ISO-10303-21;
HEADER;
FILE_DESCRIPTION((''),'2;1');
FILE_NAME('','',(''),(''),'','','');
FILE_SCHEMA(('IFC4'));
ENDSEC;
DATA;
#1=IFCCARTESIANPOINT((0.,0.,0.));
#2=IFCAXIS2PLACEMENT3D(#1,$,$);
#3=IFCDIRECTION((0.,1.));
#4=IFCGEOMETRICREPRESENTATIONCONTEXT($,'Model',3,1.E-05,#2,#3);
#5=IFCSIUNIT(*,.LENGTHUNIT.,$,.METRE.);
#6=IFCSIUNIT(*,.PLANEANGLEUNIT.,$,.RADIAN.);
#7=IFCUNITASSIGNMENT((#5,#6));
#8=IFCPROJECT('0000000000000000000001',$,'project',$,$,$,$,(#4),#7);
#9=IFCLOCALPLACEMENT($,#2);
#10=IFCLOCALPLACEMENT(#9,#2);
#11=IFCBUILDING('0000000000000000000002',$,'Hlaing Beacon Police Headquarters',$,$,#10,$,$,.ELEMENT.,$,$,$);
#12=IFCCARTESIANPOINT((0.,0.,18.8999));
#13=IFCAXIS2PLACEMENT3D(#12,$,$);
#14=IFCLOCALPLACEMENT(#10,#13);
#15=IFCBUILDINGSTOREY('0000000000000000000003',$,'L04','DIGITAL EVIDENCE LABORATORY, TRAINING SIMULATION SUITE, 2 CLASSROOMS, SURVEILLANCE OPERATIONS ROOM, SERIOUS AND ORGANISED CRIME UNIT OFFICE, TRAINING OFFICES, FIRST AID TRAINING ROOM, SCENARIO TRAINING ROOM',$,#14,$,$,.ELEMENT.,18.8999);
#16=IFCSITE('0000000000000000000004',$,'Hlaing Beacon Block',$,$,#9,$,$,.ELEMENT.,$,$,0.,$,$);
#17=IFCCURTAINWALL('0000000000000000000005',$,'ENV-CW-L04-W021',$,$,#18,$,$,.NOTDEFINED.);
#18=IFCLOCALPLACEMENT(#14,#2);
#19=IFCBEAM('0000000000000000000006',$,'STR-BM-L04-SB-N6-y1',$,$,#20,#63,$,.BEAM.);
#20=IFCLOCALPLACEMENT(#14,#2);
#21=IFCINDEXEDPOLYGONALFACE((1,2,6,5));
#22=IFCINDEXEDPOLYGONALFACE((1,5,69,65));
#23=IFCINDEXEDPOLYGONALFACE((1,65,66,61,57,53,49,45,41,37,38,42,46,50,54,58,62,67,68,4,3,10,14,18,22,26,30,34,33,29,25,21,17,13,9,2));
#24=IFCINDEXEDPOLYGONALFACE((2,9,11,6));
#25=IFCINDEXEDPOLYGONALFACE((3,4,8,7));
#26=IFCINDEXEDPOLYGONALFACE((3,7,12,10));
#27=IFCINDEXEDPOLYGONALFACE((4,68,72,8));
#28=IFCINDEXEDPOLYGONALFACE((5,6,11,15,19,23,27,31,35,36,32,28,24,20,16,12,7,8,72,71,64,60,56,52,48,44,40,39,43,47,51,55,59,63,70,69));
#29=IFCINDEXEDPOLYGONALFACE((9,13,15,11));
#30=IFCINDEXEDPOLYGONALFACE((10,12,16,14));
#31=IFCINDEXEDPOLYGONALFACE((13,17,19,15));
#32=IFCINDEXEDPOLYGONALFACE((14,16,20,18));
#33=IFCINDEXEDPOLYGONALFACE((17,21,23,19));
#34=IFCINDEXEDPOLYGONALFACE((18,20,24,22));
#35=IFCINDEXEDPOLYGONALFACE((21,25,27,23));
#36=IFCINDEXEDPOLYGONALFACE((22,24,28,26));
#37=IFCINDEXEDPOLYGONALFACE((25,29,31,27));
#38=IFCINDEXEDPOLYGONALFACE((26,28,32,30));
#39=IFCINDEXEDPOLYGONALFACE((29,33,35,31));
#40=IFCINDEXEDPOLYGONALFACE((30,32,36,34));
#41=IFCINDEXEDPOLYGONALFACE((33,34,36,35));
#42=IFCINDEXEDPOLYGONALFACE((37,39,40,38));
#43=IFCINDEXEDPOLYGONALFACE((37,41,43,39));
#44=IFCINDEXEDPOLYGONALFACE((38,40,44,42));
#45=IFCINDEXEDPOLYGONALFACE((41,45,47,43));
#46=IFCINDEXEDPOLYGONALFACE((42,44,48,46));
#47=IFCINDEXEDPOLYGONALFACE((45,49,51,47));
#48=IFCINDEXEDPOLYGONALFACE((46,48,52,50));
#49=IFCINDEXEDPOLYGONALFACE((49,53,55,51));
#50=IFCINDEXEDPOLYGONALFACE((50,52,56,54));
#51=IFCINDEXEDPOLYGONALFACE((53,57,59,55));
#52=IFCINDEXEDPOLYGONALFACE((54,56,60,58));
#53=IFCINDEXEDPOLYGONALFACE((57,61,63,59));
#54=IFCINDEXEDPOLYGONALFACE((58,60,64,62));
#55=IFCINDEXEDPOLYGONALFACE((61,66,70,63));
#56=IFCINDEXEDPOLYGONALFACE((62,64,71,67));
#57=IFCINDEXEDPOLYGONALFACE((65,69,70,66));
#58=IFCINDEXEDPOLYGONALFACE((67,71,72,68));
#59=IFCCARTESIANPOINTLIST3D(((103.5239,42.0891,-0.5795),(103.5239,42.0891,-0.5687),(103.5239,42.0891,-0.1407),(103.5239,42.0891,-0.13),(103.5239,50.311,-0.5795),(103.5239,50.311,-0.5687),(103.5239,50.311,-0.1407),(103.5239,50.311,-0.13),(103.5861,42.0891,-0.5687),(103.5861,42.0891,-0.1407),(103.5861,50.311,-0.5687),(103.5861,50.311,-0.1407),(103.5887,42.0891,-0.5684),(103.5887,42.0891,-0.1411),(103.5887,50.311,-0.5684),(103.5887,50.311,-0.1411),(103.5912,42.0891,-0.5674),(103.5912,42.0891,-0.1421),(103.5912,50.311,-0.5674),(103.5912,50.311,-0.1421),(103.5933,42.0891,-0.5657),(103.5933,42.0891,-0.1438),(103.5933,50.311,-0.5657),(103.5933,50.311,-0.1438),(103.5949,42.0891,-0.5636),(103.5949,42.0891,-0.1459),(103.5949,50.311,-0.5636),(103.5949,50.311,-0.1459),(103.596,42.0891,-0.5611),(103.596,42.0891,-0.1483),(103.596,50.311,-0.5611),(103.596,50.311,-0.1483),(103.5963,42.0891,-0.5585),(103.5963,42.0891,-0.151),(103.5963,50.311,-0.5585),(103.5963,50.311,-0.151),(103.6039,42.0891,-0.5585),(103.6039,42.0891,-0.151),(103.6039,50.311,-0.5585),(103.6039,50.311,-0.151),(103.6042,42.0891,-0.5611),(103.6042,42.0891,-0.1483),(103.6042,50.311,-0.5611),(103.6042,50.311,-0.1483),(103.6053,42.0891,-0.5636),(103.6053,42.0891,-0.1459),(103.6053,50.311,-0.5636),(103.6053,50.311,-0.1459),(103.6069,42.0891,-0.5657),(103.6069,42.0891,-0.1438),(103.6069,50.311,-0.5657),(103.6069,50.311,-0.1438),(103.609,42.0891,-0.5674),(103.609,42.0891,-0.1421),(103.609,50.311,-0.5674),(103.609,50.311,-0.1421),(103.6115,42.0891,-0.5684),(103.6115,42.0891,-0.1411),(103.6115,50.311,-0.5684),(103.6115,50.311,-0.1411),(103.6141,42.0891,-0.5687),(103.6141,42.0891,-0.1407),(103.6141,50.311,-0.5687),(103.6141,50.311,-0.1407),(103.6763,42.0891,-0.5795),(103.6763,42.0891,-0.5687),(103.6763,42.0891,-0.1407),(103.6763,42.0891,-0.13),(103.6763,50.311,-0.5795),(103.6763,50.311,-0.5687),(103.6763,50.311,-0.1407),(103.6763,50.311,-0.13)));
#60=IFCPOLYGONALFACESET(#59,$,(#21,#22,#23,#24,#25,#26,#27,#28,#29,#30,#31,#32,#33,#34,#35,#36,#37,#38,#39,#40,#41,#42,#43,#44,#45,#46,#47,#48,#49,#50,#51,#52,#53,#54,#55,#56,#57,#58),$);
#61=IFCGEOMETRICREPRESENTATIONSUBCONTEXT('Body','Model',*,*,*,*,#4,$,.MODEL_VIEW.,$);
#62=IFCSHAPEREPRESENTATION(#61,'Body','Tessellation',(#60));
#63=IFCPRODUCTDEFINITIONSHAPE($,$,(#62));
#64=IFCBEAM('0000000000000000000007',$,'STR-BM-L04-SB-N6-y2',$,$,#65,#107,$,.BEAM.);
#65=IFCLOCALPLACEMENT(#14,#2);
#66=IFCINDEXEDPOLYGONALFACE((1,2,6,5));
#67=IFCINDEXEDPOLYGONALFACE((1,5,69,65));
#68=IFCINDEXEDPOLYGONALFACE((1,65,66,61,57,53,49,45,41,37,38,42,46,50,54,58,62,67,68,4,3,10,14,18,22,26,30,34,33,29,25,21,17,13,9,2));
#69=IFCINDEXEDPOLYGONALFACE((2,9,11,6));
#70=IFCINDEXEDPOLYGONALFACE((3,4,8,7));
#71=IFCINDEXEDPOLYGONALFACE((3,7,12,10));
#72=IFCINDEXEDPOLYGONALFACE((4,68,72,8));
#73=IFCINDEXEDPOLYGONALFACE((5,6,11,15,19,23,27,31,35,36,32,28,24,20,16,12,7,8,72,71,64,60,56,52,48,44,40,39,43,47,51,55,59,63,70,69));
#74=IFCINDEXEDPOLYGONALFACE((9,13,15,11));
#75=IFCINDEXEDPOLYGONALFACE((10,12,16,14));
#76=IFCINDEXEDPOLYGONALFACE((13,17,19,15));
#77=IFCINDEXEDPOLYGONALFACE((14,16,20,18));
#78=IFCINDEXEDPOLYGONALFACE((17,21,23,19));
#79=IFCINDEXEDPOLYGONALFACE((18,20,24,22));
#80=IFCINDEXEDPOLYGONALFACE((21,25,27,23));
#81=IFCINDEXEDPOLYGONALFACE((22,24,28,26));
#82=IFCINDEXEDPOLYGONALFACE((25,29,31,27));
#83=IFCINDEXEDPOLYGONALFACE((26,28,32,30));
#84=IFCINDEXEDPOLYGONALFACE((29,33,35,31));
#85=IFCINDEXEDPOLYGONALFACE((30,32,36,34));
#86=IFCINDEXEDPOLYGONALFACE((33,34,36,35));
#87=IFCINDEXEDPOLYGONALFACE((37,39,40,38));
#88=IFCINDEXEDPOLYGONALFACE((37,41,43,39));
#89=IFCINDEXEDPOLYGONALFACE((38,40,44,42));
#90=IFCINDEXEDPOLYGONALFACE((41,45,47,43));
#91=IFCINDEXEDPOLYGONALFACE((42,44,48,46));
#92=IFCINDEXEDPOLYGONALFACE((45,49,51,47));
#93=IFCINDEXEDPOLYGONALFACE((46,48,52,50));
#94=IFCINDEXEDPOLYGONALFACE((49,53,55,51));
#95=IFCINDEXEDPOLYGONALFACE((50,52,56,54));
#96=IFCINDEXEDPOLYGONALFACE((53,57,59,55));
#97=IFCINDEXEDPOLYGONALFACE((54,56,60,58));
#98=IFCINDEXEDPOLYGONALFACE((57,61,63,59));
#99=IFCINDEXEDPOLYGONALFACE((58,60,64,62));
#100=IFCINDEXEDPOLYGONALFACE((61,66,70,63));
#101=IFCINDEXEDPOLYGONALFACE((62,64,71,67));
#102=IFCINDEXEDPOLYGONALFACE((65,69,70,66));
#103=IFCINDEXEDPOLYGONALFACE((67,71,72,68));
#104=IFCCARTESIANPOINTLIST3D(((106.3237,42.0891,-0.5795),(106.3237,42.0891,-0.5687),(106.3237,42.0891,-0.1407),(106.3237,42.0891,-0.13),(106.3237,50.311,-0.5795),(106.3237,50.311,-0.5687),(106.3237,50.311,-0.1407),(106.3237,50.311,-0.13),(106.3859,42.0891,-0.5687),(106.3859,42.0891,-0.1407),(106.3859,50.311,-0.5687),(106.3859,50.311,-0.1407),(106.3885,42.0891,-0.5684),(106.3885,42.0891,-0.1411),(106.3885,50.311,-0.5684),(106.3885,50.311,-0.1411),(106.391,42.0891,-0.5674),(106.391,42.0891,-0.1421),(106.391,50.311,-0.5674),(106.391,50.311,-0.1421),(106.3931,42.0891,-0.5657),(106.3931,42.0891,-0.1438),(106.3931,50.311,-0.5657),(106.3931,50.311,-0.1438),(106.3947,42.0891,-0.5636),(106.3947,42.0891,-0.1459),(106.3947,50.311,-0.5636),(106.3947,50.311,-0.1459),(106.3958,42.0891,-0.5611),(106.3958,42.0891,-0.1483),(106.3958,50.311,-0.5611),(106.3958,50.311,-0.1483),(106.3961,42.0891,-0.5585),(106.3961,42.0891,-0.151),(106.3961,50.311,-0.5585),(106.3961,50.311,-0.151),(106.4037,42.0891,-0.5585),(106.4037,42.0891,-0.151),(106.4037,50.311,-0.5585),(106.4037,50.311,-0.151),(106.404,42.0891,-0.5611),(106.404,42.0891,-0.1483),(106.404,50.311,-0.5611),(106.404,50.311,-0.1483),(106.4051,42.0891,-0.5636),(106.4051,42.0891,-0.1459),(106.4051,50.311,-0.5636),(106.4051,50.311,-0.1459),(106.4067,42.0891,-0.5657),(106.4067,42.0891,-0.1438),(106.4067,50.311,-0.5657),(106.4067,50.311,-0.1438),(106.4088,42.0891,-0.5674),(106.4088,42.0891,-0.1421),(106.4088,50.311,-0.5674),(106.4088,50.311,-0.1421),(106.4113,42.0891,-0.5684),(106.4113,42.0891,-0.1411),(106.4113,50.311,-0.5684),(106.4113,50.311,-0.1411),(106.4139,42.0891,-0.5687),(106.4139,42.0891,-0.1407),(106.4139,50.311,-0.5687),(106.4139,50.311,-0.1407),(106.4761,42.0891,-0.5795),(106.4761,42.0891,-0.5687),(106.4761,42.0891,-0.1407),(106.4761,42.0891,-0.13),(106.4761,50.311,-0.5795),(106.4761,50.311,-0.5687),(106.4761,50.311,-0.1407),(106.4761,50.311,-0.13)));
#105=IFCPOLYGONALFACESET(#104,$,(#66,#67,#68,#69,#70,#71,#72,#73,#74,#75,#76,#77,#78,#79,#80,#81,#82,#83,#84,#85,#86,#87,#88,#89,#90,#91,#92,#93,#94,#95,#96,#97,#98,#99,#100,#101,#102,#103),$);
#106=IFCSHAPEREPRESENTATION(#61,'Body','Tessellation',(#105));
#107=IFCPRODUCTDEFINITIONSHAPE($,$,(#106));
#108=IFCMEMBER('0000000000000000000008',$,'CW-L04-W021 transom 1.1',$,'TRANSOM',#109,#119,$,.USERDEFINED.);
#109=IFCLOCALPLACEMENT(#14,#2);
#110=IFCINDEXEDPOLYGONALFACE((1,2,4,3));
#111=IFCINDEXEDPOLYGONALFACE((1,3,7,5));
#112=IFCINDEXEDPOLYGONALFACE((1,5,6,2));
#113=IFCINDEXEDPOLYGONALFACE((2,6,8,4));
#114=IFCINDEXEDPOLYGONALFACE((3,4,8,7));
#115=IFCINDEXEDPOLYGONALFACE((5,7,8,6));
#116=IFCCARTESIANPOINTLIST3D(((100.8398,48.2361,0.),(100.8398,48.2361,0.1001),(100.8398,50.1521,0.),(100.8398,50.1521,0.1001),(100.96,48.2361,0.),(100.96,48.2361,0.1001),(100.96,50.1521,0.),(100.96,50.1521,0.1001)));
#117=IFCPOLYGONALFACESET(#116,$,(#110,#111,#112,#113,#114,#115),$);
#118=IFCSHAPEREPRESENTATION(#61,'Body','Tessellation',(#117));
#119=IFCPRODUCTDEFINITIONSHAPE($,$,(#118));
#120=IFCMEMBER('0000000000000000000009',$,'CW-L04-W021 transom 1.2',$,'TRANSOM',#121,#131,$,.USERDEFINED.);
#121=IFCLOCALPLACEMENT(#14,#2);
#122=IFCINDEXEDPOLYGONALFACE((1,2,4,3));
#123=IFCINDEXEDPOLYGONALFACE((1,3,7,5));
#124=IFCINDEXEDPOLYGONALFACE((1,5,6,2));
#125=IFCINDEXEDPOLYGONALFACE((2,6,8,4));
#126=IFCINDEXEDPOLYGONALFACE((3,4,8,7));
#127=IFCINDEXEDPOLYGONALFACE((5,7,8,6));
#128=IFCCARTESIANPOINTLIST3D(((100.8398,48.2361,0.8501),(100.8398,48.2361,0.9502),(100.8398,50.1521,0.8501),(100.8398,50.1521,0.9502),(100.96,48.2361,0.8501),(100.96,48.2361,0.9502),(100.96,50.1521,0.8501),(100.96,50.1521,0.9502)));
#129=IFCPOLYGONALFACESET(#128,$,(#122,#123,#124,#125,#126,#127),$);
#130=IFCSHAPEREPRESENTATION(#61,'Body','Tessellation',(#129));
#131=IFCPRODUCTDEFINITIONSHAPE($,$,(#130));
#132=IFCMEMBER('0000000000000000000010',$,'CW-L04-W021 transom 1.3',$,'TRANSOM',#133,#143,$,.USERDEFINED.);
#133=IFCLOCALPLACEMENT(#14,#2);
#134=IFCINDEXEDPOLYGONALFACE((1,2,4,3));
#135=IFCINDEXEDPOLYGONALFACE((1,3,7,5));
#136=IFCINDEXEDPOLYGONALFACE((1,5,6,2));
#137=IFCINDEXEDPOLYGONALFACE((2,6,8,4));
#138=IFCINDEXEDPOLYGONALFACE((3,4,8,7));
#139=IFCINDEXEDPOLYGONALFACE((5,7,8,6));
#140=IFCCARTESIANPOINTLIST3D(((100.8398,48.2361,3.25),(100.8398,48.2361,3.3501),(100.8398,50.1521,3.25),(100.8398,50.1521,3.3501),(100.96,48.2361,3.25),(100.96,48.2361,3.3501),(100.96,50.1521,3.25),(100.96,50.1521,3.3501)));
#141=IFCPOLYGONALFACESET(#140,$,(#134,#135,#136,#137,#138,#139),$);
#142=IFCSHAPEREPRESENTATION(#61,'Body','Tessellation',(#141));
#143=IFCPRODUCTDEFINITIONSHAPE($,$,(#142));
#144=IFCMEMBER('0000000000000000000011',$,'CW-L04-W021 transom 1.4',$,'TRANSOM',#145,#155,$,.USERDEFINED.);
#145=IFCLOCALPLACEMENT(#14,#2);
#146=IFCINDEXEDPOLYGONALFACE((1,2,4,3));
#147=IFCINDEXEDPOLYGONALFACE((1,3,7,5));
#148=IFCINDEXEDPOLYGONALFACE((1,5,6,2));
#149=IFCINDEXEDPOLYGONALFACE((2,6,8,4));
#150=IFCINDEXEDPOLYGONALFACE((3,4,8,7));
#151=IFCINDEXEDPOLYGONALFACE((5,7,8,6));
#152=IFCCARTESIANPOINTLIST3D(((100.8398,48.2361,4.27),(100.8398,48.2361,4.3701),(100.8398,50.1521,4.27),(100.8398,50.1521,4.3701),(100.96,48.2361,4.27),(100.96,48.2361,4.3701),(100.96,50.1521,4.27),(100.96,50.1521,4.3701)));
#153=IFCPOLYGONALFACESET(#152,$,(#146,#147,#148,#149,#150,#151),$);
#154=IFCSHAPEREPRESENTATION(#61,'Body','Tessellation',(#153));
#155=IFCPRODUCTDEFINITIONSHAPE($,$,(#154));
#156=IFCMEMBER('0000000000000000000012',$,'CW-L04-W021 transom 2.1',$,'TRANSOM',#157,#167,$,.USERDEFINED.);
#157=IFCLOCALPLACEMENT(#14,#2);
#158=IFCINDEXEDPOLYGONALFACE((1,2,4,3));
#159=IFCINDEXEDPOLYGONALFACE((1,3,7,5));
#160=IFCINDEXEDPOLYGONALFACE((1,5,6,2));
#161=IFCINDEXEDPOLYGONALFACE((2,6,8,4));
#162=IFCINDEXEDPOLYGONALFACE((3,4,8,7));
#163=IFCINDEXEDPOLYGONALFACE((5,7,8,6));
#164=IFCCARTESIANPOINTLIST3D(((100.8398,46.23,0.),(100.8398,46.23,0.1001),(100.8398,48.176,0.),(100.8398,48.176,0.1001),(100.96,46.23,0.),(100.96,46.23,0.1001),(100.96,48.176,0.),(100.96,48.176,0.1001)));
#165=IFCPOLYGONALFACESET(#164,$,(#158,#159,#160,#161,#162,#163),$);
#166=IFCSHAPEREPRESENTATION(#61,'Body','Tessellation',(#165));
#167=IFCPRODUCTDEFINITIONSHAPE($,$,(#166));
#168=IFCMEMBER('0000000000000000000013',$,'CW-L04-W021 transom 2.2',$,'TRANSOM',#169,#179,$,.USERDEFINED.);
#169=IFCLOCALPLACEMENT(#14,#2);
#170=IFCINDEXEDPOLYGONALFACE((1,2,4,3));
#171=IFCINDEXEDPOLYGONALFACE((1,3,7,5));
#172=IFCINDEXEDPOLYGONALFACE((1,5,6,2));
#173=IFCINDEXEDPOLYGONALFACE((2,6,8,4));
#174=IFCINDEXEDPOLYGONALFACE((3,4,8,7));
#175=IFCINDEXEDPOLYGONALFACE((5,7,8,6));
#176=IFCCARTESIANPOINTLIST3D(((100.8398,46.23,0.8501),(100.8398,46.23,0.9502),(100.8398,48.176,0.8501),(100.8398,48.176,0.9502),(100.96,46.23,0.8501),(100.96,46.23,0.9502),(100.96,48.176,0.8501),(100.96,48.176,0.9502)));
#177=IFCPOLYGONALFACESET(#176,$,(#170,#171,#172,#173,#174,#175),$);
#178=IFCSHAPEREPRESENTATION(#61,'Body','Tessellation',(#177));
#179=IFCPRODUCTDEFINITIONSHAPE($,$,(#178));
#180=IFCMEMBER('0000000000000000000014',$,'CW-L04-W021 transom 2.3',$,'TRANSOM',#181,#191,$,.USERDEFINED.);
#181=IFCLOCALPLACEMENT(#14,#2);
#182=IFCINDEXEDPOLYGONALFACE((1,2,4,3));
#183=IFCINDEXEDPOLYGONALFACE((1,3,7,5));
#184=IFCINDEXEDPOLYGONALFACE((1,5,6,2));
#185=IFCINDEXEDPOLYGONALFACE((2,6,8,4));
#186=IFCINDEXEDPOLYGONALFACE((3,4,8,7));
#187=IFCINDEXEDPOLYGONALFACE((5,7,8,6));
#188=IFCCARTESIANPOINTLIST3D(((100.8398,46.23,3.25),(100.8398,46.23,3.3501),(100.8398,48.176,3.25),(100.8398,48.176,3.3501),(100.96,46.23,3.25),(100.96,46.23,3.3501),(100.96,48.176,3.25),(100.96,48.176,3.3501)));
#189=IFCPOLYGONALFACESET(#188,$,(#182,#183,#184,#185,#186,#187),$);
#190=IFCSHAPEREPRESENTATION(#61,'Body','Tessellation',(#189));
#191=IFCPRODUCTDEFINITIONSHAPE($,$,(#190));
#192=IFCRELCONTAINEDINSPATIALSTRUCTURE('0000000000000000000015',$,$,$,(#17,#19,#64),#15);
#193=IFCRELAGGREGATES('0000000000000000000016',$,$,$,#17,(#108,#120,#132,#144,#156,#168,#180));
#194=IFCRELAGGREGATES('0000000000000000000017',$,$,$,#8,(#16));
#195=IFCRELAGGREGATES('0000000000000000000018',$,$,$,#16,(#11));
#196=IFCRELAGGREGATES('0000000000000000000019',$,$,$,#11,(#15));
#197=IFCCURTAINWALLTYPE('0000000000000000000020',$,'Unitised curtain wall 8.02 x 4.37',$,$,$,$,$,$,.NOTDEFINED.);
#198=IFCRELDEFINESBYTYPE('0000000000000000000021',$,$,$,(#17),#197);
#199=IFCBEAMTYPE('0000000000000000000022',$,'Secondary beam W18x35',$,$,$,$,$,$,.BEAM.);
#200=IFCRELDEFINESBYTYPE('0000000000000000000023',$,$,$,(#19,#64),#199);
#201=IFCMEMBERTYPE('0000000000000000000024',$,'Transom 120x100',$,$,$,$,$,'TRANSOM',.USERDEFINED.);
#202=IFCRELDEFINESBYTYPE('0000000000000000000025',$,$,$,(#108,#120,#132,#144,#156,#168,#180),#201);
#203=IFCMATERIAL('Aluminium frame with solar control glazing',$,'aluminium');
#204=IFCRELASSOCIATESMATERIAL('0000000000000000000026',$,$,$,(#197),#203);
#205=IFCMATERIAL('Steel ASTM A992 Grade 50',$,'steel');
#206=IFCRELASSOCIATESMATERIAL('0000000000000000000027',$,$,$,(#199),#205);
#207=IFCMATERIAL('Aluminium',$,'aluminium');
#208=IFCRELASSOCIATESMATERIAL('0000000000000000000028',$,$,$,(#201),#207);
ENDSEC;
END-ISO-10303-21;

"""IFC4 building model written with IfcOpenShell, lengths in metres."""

from ifc_helpers import new_model, si_unit, direction, frame, origin, origin_2d, place, context, subcontext, project, spatial, rectangle, i_section, extrude, material, material_profile, profile_set, type_object, element, aggregate, save


model = new_model("IFC4")

# Units and contexts
model_context = context("Model", 3, precision=1e-05, world=origin(), true_north=direction((0.0, 1.0)))
body_context = subcontext(model_context, "Body", "Model", "MODEL_VIEW")
ifc_project = project(units=[si_unit("LENGTHUNIT", "METRE"), si_unit("PLANEANGLEUNIT", "RADIAN")], contexts=[model_context])

# Site, building, storey
site_placement = place(None, origin())
site = spatial("IfcSite", under=ifc_project, at=site_placement, Name="Hlaing Beacon Block", CompositionType="ELEMENT", RefElevation=0.0)
building_placement = place(site_placement, origin())
building = spatial("IfcBuilding", under=site, at=building_placement, Name="Hlaing Beacon Police Headquarters", CompositionType="ELEMENT")
storey_placement = place(building_placement, frame((0.0, 0.0, 18.8999)))
storey = spatial("IfcBuildingStorey", under=building, at=storey_placement, Name="L04", Description="DIGITAL EVIDENCE LABORATORY, TRAINING SIMULATION SUITE, 2 CLASSROOMS, SURVEILLANCE OPERATIONS ROOM, SERIOUS AND ORGANISED CRIME UNIT OFFICE, TRAINING OFFICES, FIRST AID TRAINING ROOM, SCENARIO TRAINING ROOM", CompositionType="ELEMENT", Elevation=18.8999)

# Curtain wall
ifc_material_1 = material(Name="Aluminium frame with solar control glazing", Category="aluminium")
curtain_wall_type = type_object("IfcCurtainWallType", Name="Unitised curtain wall 8.02 x 4.37", PredefinedType="NOTDEFINED", material=ifc_material_1)
curtain_wall_placement = place(storey_placement, origin())
curtain_wall = element("IfcCurtainWall", 1, at=curtain_wall_placement, inside=storey, type_object=curtain_wall_type, Name="ENV-CW-L04-W021", PredefinedType="NOTDEFINED")

# Beams
ifc_material_2 = material(Name="Steel ASTM A992 Grade 50", Category="steel")
ifc_material_profile_1 = material_profile(ifc_material_2, i_section(OverallWidth=0.1523, OverallDepth=0.4495, WebThickness=0.0076, FlangeThickness=0.0107, FilletRadius=0.0103, at=origin_2d()), Name="W18x35")
ifc_profile_set_1 = profile_set([ifc_material_profile_1], Name="Steel ASTM A992 Grade 50")
beam_type_1 = type_object("IfcBeamType", Name="Secondary beam W18x35", PredefinedType="BEAM", material=ifc_profile_set_1)
for number, where, z_axis, x_axis, name in (
    (2, (103.6001, 42.0891, -0.3547), (0.0, 1.0, 0.0), (-1.0, 0.0, 0.0), "STR-BM-L04-SB-N6-y1"),
    (3, (106.3999, 42.0891, -0.3547), (0.0, 1.0, 0.0), (-1.0, 0.0, 0.0), "STR-BM-L04-SB-N6-y2"),
):
    element("IfcBeam", number, at=place(storey_placement, frame(where, z_axis=z_axis, x_axis=x_axis)), inside=storey, type_object=beam_type_1, Name=name, PredefinedType="BEAM", context=body_context, shape_type="SweptSolid", body=[
        extrude(i_section(OverallWidth=0.1523, OverallDepth=0.4495, WebThickness=0.0076, FlangeThickness=0.0107, FilletRadius=0.0103, at=origin_2d()), origin(), (0.0, 0.0, 1.0), 8.2219),
    ])

# Members
ifc_material_3 = material(Name="Aluminium", Category="aluminium")
ifc_material_profile_2 = material_profile(ifc_material_3, rectangle(XDim=0.1201, YDim=0.1001, at=origin_2d()), Name="Transom 120x100")
ifc_profile_set_2 = profile_set([ifc_material_profile_2], Name="Aluminium")
member_type_1 = type_object("IfcMemberType", Name="Transom 120x100", ElementType="TRANSOM", PredefinedType="USERDEFINED", material=ifc_profile_set_2)
member_1_placement = place(storey_placement, frame((100.8999, 50.1521, 0.05), z_axis=(0.0, -1.0, 0.0), x_axis=(1.0, 0.0, 0.0)))
member_1 = element("IfcMember", 4, at=member_1_placement, type_object=member_type_1, Name="CW-L04-W021 transom 1.1", ObjectType="TRANSOM", PredefinedType="USERDEFINED", context=body_context, shape_type="SweptSolid", body=[
    extrude(rectangle(XDim=0.1201, YDim=0.1001, at=origin_2d()), origin(), (0.0, 0.0, 1.0), 1.916),
])
member_2_placement = place(storey_placement, frame((100.8999, 50.1521, 0.9001), z_axis=(0.0, -1.0, 0.0), x_axis=(1.0, 0.0, 0.0)))
member_2 = element("IfcMember", 5, at=member_2_placement, type_object=member_type_1, Name="CW-L04-W021 transom 1.2", ObjectType="TRANSOM", PredefinedType="USERDEFINED", context=body_context, shape_type="SweptSolid", body=[
    extrude(rectangle(XDim=0.1201, YDim=0.1001, at=origin_2d()), origin(), (0.0, 0.0, 1.0), 1.916),
])
member_3_placement = place(storey_placement, frame((100.8999, 50.1521, 3.3), z_axis=(0.0, -1.0, 0.0), x_axis=(1.0, 0.0, 0.0)))
member_3 = element("IfcMember", 6, at=member_3_placement, type_object=member_type_1, Name="CW-L04-W021 transom 1.3", ObjectType="TRANSOM", PredefinedType="USERDEFINED", context=body_context, shape_type="SweptSolid", body=[
    extrude(rectangle(XDim=0.1201, YDim=0.1001, at=origin_2d()), origin(), (0.0, 0.0, 1.0), 1.916),
])
member_4_placement = place(storey_placement, frame((100.8999, 50.1521, 4.3201), z_axis=(0.0, -1.0, 0.0), x_axis=(1.0, 0.0, 0.0)))
member_4 = element("IfcMember", 7, at=member_4_placement, type_object=member_type_1, Name="CW-L04-W021 transom 1.4", ObjectType="TRANSOM", PredefinedType="USERDEFINED", context=body_context, shape_type="SweptSolid", body=[
    extrude(rectangle(XDim=0.1201, YDim=0.1001, at=origin_2d()), origin(), (0.0, 0.0, 1.0), 1.916),
])
member_5_placement = place(storey_placement, frame((100.8999, 48.176, 0.05), z_axis=(0.0, -1.0, 0.0), x_axis=(1.0, 0.0, 0.0)))
member_5 = element("IfcMember", 8, at=member_5_placement, type_object=member_type_1, Name="CW-L04-W021 transom 2.1", ObjectType="TRANSOM", PredefinedType="USERDEFINED", context=body_context, shape_type="SweptSolid", body=[
    extrude(rectangle(XDim=0.1201, YDim=0.1001, at=origin_2d()), origin(), (0.0, 0.0, 1.0), 1.946),
])
member_6_placement = place(storey_placement, frame((100.8999, 48.176, 0.9001), z_axis=(0.0, -1.0, 0.0), x_axis=(1.0, 0.0, 0.0)))
member_6 = element("IfcMember", 9, at=member_6_placement, type_object=member_type_1, Name="CW-L04-W021 transom 2.2", ObjectType="TRANSOM", PredefinedType="USERDEFINED", context=body_context, shape_type="SweptSolid", body=[
    extrude(rectangle(XDim=0.1201, YDim=0.1001, at=origin_2d()), origin(), (0.0, 0.0, 1.0), 1.946),
])
member_7_placement = place(storey_placement, frame((100.8999, 48.176, 3.3), z_axis=(0.0, -1.0, 0.0), x_axis=(1.0, 0.0, 0.0)))
member_7 = element("IfcMember", 10, at=member_7_placement, type_object=member_type_1, Name="CW-L04-W021 transom 2.3", ObjectType="TRANSOM", PredefinedType="USERDEFINED", context=body_context, shape_type="SweptSolid", body=[
    extrude(rectangle(XDim=0.1201, YDim=0.1001, at=origin_2d()), origin(), (0.0, 0.0, 1.0), 1.946),
])

aggregate(curtain_wall, [member_1, member_2, member_3, member_4, member_5, member_6, member_7])

save(model, "model.ifc")
